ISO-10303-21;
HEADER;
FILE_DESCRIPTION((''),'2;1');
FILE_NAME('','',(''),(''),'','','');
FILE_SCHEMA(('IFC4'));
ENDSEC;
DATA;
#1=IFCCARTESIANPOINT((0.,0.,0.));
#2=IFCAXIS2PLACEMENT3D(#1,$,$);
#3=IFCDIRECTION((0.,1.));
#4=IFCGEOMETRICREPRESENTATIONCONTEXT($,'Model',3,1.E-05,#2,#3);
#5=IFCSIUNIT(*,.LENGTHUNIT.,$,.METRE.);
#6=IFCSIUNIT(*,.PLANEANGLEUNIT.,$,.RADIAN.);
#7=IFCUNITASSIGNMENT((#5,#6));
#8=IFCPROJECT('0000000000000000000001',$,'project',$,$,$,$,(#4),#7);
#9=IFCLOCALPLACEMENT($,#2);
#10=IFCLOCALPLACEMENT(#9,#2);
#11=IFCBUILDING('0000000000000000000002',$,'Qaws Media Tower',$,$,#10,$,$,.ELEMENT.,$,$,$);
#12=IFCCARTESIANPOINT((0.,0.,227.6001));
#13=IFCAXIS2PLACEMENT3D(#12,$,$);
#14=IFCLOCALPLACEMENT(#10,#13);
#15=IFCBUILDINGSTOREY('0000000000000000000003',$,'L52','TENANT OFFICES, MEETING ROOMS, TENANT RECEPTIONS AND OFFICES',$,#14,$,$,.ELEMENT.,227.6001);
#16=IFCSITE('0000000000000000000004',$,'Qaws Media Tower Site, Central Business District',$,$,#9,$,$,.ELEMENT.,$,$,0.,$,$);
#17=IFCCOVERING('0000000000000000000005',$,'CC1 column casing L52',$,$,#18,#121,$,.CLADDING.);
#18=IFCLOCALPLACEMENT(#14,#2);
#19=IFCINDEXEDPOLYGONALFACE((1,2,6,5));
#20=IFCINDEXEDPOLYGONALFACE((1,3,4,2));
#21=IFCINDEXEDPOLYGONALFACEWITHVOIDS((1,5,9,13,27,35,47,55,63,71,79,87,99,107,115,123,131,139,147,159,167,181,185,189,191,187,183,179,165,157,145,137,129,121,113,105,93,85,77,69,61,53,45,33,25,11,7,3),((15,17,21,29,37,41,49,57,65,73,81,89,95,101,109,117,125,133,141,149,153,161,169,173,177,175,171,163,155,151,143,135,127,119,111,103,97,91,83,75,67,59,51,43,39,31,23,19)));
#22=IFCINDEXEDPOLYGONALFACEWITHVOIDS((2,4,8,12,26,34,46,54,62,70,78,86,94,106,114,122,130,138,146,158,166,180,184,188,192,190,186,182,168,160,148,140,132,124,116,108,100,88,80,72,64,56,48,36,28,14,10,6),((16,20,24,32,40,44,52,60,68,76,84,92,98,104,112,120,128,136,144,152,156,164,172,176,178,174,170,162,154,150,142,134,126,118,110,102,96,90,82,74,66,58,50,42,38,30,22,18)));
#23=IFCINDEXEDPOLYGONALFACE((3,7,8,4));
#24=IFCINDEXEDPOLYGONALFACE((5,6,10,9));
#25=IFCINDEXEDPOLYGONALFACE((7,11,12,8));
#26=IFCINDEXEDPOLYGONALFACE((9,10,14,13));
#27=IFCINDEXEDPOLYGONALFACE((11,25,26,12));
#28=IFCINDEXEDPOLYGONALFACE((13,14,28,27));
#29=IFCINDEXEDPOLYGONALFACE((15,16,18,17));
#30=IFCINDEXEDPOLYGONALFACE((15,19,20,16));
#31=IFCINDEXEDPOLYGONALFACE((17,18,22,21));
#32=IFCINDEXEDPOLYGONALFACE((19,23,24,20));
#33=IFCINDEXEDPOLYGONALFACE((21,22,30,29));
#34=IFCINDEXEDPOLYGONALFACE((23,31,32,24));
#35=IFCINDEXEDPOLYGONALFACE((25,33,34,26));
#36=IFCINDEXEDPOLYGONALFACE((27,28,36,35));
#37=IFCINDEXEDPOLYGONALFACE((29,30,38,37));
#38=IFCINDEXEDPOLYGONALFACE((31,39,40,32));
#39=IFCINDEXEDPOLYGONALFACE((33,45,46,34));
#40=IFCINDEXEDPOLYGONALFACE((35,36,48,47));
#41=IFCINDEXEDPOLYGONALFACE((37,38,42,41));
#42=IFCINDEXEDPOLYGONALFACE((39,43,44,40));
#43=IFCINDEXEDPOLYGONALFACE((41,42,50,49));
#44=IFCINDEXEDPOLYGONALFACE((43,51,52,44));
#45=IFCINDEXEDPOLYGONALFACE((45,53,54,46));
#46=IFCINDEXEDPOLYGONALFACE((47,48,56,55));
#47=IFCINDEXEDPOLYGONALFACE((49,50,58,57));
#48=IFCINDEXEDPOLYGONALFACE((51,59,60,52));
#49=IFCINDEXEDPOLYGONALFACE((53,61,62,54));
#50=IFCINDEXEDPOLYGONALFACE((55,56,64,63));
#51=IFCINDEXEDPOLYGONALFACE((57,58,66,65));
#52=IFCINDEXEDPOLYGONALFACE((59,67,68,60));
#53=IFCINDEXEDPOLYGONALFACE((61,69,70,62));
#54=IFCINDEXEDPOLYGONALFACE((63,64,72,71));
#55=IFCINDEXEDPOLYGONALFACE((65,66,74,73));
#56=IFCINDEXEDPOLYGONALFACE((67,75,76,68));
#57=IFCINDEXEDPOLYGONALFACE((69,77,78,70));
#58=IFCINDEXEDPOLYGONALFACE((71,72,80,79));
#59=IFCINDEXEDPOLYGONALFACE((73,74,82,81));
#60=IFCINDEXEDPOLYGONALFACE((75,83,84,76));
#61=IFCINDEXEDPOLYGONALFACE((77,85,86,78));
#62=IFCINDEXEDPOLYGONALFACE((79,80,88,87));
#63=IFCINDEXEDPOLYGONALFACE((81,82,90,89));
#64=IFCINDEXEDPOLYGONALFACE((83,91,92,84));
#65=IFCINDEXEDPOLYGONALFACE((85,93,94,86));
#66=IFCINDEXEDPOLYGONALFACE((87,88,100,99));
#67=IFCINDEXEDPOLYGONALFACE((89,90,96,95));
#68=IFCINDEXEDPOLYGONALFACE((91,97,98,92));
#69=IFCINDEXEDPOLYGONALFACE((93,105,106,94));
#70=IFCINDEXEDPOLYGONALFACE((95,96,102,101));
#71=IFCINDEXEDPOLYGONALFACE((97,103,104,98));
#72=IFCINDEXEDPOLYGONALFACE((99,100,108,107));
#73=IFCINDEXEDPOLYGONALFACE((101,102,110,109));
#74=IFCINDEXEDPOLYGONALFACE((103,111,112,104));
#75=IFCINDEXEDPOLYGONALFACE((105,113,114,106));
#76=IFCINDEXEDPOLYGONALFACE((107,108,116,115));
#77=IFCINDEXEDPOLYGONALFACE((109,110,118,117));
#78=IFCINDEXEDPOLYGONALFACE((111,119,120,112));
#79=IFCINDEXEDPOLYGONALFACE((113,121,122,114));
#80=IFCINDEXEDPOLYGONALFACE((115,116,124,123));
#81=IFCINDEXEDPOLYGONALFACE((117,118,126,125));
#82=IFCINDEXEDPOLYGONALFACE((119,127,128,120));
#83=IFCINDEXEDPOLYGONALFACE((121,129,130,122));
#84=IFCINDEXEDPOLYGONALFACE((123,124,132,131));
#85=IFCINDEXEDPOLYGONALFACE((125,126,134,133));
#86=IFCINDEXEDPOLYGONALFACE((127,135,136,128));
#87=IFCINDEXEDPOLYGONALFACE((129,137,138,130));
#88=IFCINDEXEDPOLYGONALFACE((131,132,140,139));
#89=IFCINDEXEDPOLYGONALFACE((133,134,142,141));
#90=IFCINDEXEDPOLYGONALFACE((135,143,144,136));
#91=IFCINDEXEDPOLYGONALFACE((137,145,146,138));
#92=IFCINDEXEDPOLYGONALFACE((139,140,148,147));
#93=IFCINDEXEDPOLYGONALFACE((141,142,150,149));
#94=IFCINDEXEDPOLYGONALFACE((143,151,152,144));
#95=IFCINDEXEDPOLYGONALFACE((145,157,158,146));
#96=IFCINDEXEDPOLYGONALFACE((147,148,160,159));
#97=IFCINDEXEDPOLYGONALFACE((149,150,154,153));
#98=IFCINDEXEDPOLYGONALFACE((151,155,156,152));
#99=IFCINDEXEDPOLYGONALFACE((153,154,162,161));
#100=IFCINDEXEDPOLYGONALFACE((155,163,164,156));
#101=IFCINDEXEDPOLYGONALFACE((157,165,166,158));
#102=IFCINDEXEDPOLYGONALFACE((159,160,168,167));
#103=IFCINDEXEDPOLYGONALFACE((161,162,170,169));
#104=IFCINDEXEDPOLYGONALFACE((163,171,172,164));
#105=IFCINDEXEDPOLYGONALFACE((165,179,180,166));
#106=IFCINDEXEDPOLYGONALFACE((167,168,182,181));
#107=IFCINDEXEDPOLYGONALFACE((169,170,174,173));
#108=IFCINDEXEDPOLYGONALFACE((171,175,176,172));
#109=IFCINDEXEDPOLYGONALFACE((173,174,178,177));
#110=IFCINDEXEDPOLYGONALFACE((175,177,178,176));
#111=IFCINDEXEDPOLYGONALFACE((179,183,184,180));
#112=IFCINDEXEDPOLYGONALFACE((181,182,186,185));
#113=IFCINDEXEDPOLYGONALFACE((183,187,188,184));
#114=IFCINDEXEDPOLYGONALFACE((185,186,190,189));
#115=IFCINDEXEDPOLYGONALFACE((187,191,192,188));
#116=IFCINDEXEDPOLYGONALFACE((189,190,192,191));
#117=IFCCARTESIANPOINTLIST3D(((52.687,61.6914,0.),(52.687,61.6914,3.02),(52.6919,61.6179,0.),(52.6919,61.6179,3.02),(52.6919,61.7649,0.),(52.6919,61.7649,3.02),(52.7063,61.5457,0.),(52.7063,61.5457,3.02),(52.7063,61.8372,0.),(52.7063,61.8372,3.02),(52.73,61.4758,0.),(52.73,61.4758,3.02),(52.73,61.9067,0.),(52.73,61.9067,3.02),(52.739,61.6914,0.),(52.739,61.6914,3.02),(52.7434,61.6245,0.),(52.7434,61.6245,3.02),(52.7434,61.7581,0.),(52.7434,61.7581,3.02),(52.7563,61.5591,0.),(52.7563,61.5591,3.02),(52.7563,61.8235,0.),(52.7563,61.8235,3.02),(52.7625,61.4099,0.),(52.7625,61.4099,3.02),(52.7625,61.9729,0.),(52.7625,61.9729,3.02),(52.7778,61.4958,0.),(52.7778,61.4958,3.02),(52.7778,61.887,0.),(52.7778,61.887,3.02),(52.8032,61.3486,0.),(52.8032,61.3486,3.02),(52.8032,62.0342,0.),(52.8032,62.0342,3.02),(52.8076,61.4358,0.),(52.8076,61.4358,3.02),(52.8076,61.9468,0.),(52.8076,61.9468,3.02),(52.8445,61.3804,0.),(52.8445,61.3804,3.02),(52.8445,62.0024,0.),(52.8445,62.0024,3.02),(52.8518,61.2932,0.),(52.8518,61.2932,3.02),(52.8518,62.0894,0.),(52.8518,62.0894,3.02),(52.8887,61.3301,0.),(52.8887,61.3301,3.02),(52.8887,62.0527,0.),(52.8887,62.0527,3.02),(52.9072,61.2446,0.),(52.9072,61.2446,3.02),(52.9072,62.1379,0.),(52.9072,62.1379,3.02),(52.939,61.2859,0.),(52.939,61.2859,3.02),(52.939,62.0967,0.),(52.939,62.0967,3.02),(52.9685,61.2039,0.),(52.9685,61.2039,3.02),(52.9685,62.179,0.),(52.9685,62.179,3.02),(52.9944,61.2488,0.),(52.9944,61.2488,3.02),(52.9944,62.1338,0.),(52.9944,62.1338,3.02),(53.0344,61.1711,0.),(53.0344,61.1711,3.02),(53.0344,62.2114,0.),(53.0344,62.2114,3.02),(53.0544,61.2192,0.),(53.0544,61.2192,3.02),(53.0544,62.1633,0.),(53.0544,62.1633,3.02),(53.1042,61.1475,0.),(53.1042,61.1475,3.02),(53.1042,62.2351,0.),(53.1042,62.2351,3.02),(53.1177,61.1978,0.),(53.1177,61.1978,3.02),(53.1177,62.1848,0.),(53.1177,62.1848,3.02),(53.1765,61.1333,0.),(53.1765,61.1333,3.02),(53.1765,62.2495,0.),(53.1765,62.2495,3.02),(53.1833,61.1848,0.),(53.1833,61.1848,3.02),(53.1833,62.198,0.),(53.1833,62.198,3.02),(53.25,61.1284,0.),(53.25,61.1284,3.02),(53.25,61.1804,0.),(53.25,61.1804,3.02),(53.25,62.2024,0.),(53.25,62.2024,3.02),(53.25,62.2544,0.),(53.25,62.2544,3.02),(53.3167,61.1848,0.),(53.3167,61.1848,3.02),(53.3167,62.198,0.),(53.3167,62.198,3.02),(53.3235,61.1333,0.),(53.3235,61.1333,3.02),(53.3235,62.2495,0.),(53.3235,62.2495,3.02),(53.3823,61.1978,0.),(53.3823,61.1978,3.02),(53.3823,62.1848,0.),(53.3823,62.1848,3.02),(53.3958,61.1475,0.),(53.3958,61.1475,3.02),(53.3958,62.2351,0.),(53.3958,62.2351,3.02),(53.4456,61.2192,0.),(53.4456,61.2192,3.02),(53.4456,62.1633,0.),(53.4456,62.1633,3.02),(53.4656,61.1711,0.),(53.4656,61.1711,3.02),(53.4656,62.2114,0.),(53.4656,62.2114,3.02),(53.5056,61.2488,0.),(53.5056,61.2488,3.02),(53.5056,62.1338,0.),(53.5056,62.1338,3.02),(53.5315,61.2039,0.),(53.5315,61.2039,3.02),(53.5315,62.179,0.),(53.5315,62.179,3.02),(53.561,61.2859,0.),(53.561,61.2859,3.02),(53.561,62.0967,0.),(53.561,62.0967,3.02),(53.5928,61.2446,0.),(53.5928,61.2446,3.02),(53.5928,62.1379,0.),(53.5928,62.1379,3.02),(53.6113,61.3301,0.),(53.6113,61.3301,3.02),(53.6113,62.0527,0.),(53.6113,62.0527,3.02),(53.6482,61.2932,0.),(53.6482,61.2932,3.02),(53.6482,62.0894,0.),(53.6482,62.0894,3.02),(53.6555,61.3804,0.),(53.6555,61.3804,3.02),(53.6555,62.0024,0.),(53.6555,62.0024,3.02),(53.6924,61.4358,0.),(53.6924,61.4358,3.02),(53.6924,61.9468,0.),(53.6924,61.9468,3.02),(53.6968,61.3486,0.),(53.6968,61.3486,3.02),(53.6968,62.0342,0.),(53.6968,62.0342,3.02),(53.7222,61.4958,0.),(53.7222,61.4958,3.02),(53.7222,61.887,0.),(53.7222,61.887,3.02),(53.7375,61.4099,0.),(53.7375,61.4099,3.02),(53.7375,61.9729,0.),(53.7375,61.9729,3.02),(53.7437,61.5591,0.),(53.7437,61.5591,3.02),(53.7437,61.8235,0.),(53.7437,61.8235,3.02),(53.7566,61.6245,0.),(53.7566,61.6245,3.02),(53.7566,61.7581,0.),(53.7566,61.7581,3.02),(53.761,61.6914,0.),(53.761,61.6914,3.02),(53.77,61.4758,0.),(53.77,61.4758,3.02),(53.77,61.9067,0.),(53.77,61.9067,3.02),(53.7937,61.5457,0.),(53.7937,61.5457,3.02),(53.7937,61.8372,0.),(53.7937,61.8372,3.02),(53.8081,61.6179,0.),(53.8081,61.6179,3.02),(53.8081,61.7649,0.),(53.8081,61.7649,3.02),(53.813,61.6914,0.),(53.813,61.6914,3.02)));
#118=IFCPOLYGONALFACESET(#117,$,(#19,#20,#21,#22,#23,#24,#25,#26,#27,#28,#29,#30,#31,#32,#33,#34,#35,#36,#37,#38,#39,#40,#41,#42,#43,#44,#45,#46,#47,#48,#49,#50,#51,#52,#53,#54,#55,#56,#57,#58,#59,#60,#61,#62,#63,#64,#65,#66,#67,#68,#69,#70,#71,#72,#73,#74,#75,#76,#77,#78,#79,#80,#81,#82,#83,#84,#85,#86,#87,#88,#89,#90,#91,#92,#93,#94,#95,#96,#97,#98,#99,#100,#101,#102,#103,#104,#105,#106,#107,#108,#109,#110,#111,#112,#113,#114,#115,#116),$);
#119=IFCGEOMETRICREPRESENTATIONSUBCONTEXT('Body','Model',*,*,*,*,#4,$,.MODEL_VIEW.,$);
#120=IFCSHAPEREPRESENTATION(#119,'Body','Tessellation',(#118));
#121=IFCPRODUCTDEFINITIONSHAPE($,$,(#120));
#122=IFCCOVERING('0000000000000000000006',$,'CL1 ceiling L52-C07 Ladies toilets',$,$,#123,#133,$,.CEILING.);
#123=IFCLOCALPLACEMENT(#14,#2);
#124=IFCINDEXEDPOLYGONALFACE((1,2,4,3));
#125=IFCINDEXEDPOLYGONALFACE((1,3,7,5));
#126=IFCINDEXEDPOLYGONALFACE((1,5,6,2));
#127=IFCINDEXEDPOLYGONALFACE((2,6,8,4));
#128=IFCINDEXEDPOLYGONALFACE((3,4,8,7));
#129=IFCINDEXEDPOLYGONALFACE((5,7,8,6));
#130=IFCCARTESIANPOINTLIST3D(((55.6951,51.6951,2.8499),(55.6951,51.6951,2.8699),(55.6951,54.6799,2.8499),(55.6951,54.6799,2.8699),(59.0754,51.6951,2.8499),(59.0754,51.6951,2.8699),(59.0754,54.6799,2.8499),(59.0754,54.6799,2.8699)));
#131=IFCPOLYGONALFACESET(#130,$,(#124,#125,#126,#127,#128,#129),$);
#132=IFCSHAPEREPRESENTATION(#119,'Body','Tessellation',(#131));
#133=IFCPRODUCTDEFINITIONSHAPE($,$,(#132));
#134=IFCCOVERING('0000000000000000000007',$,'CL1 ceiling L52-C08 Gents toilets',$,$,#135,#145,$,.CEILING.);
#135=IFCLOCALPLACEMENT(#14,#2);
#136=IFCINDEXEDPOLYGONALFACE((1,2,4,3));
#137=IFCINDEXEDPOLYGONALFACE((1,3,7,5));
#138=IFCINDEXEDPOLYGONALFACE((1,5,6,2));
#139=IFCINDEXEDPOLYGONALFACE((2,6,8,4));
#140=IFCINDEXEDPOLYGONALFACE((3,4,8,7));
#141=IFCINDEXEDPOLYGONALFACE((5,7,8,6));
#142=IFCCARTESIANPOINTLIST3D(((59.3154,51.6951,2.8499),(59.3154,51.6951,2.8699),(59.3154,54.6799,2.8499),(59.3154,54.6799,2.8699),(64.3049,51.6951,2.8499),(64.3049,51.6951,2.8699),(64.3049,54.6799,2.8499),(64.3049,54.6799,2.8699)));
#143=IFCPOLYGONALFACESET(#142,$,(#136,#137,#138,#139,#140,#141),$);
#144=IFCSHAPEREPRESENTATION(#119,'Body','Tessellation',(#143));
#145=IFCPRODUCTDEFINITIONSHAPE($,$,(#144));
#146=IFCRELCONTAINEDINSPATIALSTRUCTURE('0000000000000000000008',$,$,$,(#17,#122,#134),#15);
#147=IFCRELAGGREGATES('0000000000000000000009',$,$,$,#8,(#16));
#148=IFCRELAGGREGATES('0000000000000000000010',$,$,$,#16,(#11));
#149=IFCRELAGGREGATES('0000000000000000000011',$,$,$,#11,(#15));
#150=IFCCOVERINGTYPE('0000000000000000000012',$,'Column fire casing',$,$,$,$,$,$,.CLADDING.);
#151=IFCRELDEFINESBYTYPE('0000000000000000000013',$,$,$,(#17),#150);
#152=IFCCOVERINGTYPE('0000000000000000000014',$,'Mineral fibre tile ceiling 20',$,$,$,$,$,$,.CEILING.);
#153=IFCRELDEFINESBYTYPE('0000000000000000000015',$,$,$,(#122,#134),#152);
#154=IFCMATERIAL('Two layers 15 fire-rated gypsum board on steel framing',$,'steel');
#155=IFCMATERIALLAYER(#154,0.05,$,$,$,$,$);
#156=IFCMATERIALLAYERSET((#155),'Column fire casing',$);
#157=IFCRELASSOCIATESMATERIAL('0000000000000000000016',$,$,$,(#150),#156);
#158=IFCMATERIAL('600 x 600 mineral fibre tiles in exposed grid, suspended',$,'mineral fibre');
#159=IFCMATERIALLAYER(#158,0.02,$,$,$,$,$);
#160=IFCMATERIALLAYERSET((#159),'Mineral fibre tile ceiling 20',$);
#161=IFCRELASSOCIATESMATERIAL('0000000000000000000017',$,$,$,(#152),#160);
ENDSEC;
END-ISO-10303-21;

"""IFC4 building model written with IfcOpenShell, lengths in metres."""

from ifc_helpers import new_model, si_unit, direction, frame, origin, place, context, subcontext, project, spatial, polyline, outline, extrude, material, layer, layer_set, type_object, element, save


model = new_model("IFC4")

# Units and contexts
model_context = context("Model", 3, precision=1e-05, world=origin(), true_north=direction((0.0, 1.0)))
body_context = subcontext(model_context, "Body", "Model", "MODEL_VIEW")
ifc_project = project(units=[si_unit("LENGTHUNIT", "METRE"), si_unit("PLANEANGLEUNIT", "RADIAN")], contexts=[model_context])

# Site, building, storey
site_placement = place(None, origin())
site = spatial("IfcSite", under=ifc_project, at=site_placement, Name="Qaws Media Tower Site, Central Business District", CompositionType="ELEMENT", RefElevation=0.0)
building_placement = place(site_placement, origin())
building = spatial("IfcBuilding", under=site, at=building_placement, Name="Qaws Media Tower", CompositionType="ELEMENT")
storey_placement = place(building_placement, frame((0.0, 0.0, 227.6001)))
storey = spatial("IfcBuildingStorey", under=building, at=storey_placement, Name="L52", Description="TENANT OFFICES, MEETING ROOMS, TENANT RECEPTIONS AND OFFICES", CompositionType="ELEMENT", Elevation=227.6001)

# Coverings
ifc_material_1 = material(Name="Two layers 15 fire-rated gypsum board on steel framing", Category="steel")
ifc_layer_1 = layer(ifc_material_1, 0.05)
ifc_layer_set_1 = layer_set([ifc_layer_1], Name="Column fire casing")
covering_type_1 = type_object("IfcCoveringType", Name="Column fire casing", PredefinedType="CLADDING", material=ifc_layer_set_1)
covering_1_placement = place(storey_placement, origin())
element("IfcCovering", 1, at=covering_1_placement, inside=storey, type_object=covering_type_1, Name="CC1 column casing L52", PredefinedType="CLADDING", context=body_context, shape_type="SweptSolid", body=[
    extrude(outline(polyline([(53.813, 61.6914), (53.8081, 61.6179), (53.7937, 61.5457), (53.77, 61.4758), (53.7375, 61.4099), (53.6968, 61.3486), (53.6482, 61.2932), (53.5928, 61.2446), (53.5315, 61.2039), (53.4656, 61.1711), (53.3958, 61.1475), (53.3235, 61.1333), (53.25, 61.1284), (53.1765, 61.1333), (53.1042, 61.1475), (53.0344, 61.1711), (52.9685, 61.2039), (52.9072, 61.2446), (52.8518, 61.2932), (52.8032, 61.3486), (52.7625, 61.4099), (52.73, 61.4758), (52.7063, 61.5457), (52.6919, 61.6179), (52.687, 61.6914), (52.6919, 61.7649), (52.7063, 61.8372), (52.73, 61.9067), (52.7625, 61.9729), (52.8032, 62.0342), (52.8518, 62.0894), (52.9072, 62.1379), (52.9685, 62.179), (53.0344, 62.2114), (53.1042, 62.2351), (53.1765, 62.2495), (53.25, 62.2544), (53.3235, 62.2495), (53.3958, 62.2351), (53.4656, 62.2114), (53.5315, 62.179), (53.5928, 62.1379), (53.6482, 62.0894), (53.6968, 62.0342), (53.7375, 61.9729), (53.77, 61.9067), (53.7937, 61.8372), (53.8081, 61.7649), (53.813, 61.6914)]), holes=[polyline([(53.761, 61.6914), (53.7566, 61.6245), (53.7437, 61.5591), (53.7222, 61.4958), (53.6924, 61.4358), (53.6555, 61.3804), (53.6113, 61.3301), (53.561, 61.2859), (53.5056, 61.2488), (53.4456, 61.2192), (53.3823, 61.1978), (53.3167, 61.1848), (53.25, 61.1804), (53.1833, 61.1848), (53.1177, 61.1978), (53.0544, 61.2192), (52.9944, 61.2488), (52.939, 61.2859), (52.8887, 61.3301), (52.8445, 61.3804), (52.8076, 61.4358), (52.7778, 61.4958), (52.7563, 61.5591), (52.7434, 61.6245), (52.739, 61.6914), (52.7434, 61.7581), (52.7563, 61.8235), (52.7778, 61.887), (52.8076, 61.9468), (52.8445, 62.0024), (52.8887, 62.0527), (52.939, 62.0967), (52.9944, 62.1338), (53.0544, 62.1633), (53.1177, 62.1848), (53.1833, 62.198), (53.25, 62.2024), (53.3167, 62.198), (53.3823, 62.1848), (53.4456, 62.1633), (53.5056, 62.1338), (53.561, 62.0967), (53.6113, 62.0527), (53.6555, 62.0024), (53.6924, 61.9468), (53.7222, 61.887), (53.7437, 61.8235), (53.7566, 61.7581), (53.761, 61.6914)])]), origin(), (0.0, 0.0, 1.0), 3.02),
])
ifc_material_2 = material(Name="600 x 600 mineral fibre tiles in exposed grid, suspended", Category="mineral fibre")
ifc_layer_2 = layer(ifc_material_2, 0.02)
ifc_layer_set_2 = layer_set([ifc_layer_2], Name="Mineral fibre tile ceiling 20")
covering_type_2 = type_object("IfcCoveringType", Name="Mineral fibre tile ceiling 20", PredefinedType="CEILING", material=ifc_layer_set_2)
covering_2_placement = place(storey_placement, frame((0.0, 0.0, 2.8499)))
element("IfcCovering", 2, at=covering_2_placement, inside=storey, type_object=covering_type_2, Name="CL1 ceiling L52-C07 Ladies toilets", PredefinedType="CEILING", context=body_context, shape_type="SweptSolid", body=[
    extrude(outline(polyline([(55.6951, 51.6951), (55.6951, 54.6799), (59.0754, 54.6799), (59.0754, 51.6951), (55.6951, 51.6951)])), origin(), (0.0, 0.0, 1.0), 0.02),
])
covering_3_placement = place(storey_placement, frame((0.0, 0.0, 2.8499)))
element("IfcCovering", 3, at=covering_3_placement, inside=storey, type_object=covering_type_2, Name="CL1 ceiling L52-C08 Gents toilets", PredefinedType="CEILING", context=body_context, shape_type="SweptSolid", body=[
    extrude(outline(polyline([(59.3154, 51.6951), (59.3154, 54.6799), (64.3049, 54.6799), (64.3049, 51.6951), (59.3154, 51.6951)])), origin(), (0.0, 0.0, 1.0), 0.02),
])

save(model, "model.ifc")
